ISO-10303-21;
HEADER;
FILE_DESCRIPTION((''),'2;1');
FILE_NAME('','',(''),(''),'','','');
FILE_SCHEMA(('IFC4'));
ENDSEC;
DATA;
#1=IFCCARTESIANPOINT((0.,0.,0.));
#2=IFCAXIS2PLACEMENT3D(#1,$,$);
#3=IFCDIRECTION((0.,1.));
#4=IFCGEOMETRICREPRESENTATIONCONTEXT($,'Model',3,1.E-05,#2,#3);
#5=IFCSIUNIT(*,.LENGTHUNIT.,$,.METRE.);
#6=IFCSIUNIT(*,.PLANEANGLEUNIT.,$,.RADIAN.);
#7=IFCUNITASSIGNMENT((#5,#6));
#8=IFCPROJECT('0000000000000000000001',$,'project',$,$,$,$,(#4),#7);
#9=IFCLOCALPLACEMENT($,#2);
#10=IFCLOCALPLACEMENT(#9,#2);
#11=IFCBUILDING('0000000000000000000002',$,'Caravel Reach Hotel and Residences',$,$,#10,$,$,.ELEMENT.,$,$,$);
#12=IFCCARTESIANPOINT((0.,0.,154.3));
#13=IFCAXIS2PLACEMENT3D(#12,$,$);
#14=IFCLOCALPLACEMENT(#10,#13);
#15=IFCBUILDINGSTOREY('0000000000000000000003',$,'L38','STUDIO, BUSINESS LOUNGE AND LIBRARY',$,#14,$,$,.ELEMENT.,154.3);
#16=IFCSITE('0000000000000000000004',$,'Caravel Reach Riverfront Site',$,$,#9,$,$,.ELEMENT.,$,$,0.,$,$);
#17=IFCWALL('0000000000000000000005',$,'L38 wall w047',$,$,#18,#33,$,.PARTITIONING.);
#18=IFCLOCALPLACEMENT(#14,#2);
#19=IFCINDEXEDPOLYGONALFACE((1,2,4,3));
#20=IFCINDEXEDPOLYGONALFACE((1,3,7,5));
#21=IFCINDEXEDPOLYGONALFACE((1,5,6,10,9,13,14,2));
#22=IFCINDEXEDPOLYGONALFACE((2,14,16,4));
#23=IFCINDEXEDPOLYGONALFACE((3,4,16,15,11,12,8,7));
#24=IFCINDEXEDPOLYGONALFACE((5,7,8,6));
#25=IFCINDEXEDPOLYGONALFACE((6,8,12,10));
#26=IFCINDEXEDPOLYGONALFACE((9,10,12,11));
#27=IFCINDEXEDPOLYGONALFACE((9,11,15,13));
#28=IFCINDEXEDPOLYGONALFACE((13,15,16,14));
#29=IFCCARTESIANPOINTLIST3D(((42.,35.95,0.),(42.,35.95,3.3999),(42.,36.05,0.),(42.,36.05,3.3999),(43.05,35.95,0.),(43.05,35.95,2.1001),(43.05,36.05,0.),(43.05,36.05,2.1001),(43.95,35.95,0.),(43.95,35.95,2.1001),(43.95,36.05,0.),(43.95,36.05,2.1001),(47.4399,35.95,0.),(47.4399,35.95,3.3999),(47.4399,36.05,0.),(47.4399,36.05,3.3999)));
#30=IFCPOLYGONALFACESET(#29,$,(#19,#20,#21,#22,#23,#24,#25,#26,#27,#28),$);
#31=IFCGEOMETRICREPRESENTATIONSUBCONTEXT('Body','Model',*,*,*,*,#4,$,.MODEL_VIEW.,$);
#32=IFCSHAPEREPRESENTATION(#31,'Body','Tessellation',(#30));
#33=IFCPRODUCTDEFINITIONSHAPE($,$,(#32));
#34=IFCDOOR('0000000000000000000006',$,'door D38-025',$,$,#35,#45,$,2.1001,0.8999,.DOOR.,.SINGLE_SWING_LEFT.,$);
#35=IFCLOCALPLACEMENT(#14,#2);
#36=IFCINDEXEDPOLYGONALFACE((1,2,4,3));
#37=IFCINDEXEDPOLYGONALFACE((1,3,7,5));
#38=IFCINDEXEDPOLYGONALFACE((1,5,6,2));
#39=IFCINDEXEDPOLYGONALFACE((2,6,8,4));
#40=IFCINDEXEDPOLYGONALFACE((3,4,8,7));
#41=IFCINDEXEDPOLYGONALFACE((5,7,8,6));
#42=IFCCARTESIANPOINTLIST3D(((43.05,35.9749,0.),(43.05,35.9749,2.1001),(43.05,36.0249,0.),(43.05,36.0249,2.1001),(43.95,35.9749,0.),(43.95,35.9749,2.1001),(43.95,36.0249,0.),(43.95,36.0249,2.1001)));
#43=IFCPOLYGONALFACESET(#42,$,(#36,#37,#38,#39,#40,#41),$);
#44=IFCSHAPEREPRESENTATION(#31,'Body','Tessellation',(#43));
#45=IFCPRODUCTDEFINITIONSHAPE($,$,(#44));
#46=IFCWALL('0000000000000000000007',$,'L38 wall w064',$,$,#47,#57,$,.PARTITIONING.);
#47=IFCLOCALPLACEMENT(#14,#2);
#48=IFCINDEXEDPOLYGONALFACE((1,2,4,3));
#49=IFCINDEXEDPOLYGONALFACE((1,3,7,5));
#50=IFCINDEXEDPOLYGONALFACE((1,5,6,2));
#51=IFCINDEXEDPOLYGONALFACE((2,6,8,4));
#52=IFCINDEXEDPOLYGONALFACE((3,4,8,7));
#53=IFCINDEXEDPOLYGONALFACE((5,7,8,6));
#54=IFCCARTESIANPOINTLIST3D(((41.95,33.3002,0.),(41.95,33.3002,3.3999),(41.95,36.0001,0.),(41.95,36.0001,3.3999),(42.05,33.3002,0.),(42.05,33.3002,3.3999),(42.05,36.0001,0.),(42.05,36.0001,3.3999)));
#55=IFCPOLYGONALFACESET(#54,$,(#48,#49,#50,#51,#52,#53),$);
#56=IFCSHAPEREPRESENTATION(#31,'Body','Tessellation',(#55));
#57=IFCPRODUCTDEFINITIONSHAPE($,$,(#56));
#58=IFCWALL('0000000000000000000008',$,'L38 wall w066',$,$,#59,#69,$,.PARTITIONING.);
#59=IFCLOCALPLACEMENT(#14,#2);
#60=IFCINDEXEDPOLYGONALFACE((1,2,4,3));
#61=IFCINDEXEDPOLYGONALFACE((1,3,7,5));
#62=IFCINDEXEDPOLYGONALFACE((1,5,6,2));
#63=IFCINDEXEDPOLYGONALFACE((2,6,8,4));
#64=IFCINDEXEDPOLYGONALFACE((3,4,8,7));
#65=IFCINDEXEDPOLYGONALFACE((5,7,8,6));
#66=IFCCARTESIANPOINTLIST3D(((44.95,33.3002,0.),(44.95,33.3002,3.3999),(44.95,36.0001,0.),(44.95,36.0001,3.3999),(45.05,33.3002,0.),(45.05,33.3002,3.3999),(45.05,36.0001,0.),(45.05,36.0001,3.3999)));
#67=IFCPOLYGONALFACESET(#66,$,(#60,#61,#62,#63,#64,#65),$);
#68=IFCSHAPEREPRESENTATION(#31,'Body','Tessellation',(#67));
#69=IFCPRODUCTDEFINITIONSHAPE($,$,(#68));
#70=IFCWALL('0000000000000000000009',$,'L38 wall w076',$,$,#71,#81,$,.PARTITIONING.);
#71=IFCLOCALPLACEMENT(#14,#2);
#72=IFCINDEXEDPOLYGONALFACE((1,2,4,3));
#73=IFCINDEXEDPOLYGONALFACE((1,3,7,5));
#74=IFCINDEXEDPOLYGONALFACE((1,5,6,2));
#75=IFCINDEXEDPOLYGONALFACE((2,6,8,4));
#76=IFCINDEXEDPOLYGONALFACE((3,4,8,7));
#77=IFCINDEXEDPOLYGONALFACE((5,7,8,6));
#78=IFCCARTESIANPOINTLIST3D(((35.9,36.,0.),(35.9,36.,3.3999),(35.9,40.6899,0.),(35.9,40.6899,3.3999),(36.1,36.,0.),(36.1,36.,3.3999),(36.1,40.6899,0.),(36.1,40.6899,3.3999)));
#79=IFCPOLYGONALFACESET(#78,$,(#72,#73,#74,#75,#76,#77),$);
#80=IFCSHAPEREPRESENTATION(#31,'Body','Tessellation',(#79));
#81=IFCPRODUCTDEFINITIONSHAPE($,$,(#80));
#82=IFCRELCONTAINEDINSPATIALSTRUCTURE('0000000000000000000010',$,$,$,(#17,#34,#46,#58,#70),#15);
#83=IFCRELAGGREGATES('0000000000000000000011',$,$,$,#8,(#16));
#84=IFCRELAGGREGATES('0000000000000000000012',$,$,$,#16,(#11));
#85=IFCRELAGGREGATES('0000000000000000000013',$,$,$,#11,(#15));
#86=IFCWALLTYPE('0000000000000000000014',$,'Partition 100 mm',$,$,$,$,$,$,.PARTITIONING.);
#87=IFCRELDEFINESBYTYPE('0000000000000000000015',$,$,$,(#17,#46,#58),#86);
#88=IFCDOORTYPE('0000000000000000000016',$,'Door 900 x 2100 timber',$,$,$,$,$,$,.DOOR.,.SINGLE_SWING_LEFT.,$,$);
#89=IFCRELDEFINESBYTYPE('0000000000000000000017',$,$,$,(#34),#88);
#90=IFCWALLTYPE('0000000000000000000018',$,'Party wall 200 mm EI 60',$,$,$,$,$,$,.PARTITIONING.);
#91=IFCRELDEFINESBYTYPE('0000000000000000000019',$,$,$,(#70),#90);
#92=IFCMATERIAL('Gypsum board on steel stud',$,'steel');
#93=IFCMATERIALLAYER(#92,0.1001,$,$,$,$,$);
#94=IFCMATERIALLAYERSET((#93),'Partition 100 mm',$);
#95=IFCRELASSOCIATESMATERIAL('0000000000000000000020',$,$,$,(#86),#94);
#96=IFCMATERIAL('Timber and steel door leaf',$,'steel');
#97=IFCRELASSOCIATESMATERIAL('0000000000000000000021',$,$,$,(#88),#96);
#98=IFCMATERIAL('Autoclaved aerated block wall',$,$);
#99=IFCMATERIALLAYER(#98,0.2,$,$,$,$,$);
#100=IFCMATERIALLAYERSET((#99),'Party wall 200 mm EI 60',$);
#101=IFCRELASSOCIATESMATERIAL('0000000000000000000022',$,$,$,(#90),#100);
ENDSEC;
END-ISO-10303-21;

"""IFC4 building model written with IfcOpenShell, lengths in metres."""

from ifc_helpers import new_model, si_unit, direction, frame, frame_2d, origin, place, context, subcontext, project, spatial, rectangle, extrude, material, layer, layer_set, type_object, element, fill, save


model = new_model("IFC4")

# Units and contexts
model_context = context("Model", 3, precision=1e-05, world=origin(), true_north=direction((0.0, 1.0)))
body_context = subcontext(model_context, "Body", "Model", "MODEL_VIEW")
ifc_project = project(units=[si_unit("LENGTHUNIT", "METRE"), si_unit("PLANEANGLEUNIT", "RADIAN")], contexts=[model_context])

# Site, building, storey
site_placement = place(None, origin())
site = spatial("IfcSite", under=ifc_project, at=site_placement, Name="Caravel Reach Riverfront Site", CompositionType="ELEMENT", RefElevation=0.0)
building_placement = place(site_placement, origin())
building = spatial("IfcBuilding", under=site, at=building_placement, Name="Caravel Reach Hotel and Residences", CompositionType="ELEMENT")
storey_placement = place(building_placement, frame((0.0, 0.0, 154.3)))
storey = spatial("IfcBuildingStorey", under=building, at=storey_placement, Name="L38", Description="STUDIO, BUSINESS LOUNGE AND LIBRARY", CompositionType="ELEMENT", Elevation=154.3)

# Wall, opening, door
ifc_material_1 = material(Name="Gypsum board on steel stud", Category="steel")
ifc_layer_1 = layer(ifc_material_1, 0.1001)
ifc_layer_set_1 = layer_set([ifc_layer_1], Name="Partition 100 mm")
wall_type_1 = type_object("IfcWallType", Name="Partition 100 mm", PredefinedType="PARTITIONING", material=ifc_layer_set_1)
ifc_material_2 = material(Name="Timber and steel door leaf", Category="steel")
door_type_1 = type_object("IfcDoorType", Name="Door 900 x 2100 timber", OperationType="SINGLE_SWING_LEFT", PredefinedType="DOOR", material=ifc_material_2)
wall_1_placement = place(storey_placement, frame((42.0, 36.0, 0.0), z_axis=(0.0, 0.0, 1.0), x_axis=(1.0, 0.0, 0.0)))
wall_1 = element("IfcWall", 1, at=wall_1_placement, inside=storey, type_object=wall_type_1, Name="L38 wall w047", PredefinedType="PARTITIONING", context=body_context, shape_type="SweptSolid", body=[
    extrude(rectangle(XDim=5.4399, YDim=0.1001, at=frame_2d((2.72, 0.0))), origin(), (0.0, 0.0, 1.0), 3.3999),
])
opening_1_placement = place(wall_1_placement, frame((1.05, 0.0, 0.0)))
opening_1 = element("IfcOpeningElement", 2, at=opening_1_placement, cuts=wall_1, PredefinedType="OPENING", context=body_context, shape_type="SweptSolid", body=[
    extrude(rectangle(XDim=0.8999, YDim=2.1001, at=frame_2d((0.45, 1.05))), frame((0.0, 0.0601, 0.0), z_axis=(0.0, -1.0, 0.0), x_axis=(1.0, 0.0, 0.0)), (0.0, 0.0, 1.0), 0.1201),
])
door_1_placement = place(opening_1_placement, origin())
door_1 = element("IfcDoor", 3, at=door_1_placement, inside=storey, type_object=door_type_1, Name="door D38-025", OperationType="SINGLE_SWING_LEFT", OverallHeight=2.1001, OverallWidth=0.8999, PredefinedType="DOOR", context=body_context, shape_type="SweptSolid", body=[
    extrude(rectangle(XDim=0.8999, YDim=2.1001, at=frame_2d((0.45, 1.05))), frame((0.0, 0.0249, 0.0), z_axis=(0.0, -1.0, 0.0), x_axis=(1.0, 0.0, 0.0)), (0.0, 0.0, 1.0), 0.05),
])
fill(opening_1, door_1)

# Walls
for number, where, z_axis, x_axis, name in (
    (4, (42.0, 33.3, 0.0), (0.0, 0.0, 1.0), (0.0, 1.0, 0.0), "L38 wall w064"),
    (5, (45.0, 33.3, 0.0), (0.0, 0.0, 1.0), (0.0, 1.0, 0.0), "L38 wall w066"),
):
    element("IfcWall", number, at=place(storey_placement, frame(where, z_axis=z_axis, x_axis=x_axis)), inside=storey, type_object=wall_type_1, Name=name, PredefinedType="PARTITIONING", context=body_context, shape_type="SweptSolid", body=[
        extrude(rectangle(XDim=2.7, YDim=0.1001, at=frame_2d((1.3501, 0.0))), origin(), (0.0, 0.0, 1.0), 3.3999),
    ])
ifc_material_3 = material(Name="Autoclaved aerated block wall")
ifc_layer_2 = layer(ifc_material_3, 0.2)
ifc_layer_set_2 = layer_set([ifc_layer_2], Name="Party wall 200 mm EI 60")
wall_type_2 = type_object("IfcWallType", Name="Party wall 200 mm EI 60", PredefinedType="PARTITIONING", material=ifc_layer_set_2)
wall_2_placement = place(storey_placement, frame((36.0, 36.0, 0.0), z_axis=(0.0, 0.0, 1.0), x_axis=(0.0, 1.0, 0.0)))
element("IfcWall", 6, at=wall_2_placement, inside=storey, type_object=wall_type_2, Name="L38 wall w076", PredefinedType="PARTITIONING", context=body_context, shape_type="SweptSolid", body=[
    extrude(rectangle(XDim=4.6899, YDim=0.2, at=frame_2d((2.345, 0.0))), origin(), (0.0, 0.0, 1.0), 3.3999),
])

save(model, "model.ifc")
